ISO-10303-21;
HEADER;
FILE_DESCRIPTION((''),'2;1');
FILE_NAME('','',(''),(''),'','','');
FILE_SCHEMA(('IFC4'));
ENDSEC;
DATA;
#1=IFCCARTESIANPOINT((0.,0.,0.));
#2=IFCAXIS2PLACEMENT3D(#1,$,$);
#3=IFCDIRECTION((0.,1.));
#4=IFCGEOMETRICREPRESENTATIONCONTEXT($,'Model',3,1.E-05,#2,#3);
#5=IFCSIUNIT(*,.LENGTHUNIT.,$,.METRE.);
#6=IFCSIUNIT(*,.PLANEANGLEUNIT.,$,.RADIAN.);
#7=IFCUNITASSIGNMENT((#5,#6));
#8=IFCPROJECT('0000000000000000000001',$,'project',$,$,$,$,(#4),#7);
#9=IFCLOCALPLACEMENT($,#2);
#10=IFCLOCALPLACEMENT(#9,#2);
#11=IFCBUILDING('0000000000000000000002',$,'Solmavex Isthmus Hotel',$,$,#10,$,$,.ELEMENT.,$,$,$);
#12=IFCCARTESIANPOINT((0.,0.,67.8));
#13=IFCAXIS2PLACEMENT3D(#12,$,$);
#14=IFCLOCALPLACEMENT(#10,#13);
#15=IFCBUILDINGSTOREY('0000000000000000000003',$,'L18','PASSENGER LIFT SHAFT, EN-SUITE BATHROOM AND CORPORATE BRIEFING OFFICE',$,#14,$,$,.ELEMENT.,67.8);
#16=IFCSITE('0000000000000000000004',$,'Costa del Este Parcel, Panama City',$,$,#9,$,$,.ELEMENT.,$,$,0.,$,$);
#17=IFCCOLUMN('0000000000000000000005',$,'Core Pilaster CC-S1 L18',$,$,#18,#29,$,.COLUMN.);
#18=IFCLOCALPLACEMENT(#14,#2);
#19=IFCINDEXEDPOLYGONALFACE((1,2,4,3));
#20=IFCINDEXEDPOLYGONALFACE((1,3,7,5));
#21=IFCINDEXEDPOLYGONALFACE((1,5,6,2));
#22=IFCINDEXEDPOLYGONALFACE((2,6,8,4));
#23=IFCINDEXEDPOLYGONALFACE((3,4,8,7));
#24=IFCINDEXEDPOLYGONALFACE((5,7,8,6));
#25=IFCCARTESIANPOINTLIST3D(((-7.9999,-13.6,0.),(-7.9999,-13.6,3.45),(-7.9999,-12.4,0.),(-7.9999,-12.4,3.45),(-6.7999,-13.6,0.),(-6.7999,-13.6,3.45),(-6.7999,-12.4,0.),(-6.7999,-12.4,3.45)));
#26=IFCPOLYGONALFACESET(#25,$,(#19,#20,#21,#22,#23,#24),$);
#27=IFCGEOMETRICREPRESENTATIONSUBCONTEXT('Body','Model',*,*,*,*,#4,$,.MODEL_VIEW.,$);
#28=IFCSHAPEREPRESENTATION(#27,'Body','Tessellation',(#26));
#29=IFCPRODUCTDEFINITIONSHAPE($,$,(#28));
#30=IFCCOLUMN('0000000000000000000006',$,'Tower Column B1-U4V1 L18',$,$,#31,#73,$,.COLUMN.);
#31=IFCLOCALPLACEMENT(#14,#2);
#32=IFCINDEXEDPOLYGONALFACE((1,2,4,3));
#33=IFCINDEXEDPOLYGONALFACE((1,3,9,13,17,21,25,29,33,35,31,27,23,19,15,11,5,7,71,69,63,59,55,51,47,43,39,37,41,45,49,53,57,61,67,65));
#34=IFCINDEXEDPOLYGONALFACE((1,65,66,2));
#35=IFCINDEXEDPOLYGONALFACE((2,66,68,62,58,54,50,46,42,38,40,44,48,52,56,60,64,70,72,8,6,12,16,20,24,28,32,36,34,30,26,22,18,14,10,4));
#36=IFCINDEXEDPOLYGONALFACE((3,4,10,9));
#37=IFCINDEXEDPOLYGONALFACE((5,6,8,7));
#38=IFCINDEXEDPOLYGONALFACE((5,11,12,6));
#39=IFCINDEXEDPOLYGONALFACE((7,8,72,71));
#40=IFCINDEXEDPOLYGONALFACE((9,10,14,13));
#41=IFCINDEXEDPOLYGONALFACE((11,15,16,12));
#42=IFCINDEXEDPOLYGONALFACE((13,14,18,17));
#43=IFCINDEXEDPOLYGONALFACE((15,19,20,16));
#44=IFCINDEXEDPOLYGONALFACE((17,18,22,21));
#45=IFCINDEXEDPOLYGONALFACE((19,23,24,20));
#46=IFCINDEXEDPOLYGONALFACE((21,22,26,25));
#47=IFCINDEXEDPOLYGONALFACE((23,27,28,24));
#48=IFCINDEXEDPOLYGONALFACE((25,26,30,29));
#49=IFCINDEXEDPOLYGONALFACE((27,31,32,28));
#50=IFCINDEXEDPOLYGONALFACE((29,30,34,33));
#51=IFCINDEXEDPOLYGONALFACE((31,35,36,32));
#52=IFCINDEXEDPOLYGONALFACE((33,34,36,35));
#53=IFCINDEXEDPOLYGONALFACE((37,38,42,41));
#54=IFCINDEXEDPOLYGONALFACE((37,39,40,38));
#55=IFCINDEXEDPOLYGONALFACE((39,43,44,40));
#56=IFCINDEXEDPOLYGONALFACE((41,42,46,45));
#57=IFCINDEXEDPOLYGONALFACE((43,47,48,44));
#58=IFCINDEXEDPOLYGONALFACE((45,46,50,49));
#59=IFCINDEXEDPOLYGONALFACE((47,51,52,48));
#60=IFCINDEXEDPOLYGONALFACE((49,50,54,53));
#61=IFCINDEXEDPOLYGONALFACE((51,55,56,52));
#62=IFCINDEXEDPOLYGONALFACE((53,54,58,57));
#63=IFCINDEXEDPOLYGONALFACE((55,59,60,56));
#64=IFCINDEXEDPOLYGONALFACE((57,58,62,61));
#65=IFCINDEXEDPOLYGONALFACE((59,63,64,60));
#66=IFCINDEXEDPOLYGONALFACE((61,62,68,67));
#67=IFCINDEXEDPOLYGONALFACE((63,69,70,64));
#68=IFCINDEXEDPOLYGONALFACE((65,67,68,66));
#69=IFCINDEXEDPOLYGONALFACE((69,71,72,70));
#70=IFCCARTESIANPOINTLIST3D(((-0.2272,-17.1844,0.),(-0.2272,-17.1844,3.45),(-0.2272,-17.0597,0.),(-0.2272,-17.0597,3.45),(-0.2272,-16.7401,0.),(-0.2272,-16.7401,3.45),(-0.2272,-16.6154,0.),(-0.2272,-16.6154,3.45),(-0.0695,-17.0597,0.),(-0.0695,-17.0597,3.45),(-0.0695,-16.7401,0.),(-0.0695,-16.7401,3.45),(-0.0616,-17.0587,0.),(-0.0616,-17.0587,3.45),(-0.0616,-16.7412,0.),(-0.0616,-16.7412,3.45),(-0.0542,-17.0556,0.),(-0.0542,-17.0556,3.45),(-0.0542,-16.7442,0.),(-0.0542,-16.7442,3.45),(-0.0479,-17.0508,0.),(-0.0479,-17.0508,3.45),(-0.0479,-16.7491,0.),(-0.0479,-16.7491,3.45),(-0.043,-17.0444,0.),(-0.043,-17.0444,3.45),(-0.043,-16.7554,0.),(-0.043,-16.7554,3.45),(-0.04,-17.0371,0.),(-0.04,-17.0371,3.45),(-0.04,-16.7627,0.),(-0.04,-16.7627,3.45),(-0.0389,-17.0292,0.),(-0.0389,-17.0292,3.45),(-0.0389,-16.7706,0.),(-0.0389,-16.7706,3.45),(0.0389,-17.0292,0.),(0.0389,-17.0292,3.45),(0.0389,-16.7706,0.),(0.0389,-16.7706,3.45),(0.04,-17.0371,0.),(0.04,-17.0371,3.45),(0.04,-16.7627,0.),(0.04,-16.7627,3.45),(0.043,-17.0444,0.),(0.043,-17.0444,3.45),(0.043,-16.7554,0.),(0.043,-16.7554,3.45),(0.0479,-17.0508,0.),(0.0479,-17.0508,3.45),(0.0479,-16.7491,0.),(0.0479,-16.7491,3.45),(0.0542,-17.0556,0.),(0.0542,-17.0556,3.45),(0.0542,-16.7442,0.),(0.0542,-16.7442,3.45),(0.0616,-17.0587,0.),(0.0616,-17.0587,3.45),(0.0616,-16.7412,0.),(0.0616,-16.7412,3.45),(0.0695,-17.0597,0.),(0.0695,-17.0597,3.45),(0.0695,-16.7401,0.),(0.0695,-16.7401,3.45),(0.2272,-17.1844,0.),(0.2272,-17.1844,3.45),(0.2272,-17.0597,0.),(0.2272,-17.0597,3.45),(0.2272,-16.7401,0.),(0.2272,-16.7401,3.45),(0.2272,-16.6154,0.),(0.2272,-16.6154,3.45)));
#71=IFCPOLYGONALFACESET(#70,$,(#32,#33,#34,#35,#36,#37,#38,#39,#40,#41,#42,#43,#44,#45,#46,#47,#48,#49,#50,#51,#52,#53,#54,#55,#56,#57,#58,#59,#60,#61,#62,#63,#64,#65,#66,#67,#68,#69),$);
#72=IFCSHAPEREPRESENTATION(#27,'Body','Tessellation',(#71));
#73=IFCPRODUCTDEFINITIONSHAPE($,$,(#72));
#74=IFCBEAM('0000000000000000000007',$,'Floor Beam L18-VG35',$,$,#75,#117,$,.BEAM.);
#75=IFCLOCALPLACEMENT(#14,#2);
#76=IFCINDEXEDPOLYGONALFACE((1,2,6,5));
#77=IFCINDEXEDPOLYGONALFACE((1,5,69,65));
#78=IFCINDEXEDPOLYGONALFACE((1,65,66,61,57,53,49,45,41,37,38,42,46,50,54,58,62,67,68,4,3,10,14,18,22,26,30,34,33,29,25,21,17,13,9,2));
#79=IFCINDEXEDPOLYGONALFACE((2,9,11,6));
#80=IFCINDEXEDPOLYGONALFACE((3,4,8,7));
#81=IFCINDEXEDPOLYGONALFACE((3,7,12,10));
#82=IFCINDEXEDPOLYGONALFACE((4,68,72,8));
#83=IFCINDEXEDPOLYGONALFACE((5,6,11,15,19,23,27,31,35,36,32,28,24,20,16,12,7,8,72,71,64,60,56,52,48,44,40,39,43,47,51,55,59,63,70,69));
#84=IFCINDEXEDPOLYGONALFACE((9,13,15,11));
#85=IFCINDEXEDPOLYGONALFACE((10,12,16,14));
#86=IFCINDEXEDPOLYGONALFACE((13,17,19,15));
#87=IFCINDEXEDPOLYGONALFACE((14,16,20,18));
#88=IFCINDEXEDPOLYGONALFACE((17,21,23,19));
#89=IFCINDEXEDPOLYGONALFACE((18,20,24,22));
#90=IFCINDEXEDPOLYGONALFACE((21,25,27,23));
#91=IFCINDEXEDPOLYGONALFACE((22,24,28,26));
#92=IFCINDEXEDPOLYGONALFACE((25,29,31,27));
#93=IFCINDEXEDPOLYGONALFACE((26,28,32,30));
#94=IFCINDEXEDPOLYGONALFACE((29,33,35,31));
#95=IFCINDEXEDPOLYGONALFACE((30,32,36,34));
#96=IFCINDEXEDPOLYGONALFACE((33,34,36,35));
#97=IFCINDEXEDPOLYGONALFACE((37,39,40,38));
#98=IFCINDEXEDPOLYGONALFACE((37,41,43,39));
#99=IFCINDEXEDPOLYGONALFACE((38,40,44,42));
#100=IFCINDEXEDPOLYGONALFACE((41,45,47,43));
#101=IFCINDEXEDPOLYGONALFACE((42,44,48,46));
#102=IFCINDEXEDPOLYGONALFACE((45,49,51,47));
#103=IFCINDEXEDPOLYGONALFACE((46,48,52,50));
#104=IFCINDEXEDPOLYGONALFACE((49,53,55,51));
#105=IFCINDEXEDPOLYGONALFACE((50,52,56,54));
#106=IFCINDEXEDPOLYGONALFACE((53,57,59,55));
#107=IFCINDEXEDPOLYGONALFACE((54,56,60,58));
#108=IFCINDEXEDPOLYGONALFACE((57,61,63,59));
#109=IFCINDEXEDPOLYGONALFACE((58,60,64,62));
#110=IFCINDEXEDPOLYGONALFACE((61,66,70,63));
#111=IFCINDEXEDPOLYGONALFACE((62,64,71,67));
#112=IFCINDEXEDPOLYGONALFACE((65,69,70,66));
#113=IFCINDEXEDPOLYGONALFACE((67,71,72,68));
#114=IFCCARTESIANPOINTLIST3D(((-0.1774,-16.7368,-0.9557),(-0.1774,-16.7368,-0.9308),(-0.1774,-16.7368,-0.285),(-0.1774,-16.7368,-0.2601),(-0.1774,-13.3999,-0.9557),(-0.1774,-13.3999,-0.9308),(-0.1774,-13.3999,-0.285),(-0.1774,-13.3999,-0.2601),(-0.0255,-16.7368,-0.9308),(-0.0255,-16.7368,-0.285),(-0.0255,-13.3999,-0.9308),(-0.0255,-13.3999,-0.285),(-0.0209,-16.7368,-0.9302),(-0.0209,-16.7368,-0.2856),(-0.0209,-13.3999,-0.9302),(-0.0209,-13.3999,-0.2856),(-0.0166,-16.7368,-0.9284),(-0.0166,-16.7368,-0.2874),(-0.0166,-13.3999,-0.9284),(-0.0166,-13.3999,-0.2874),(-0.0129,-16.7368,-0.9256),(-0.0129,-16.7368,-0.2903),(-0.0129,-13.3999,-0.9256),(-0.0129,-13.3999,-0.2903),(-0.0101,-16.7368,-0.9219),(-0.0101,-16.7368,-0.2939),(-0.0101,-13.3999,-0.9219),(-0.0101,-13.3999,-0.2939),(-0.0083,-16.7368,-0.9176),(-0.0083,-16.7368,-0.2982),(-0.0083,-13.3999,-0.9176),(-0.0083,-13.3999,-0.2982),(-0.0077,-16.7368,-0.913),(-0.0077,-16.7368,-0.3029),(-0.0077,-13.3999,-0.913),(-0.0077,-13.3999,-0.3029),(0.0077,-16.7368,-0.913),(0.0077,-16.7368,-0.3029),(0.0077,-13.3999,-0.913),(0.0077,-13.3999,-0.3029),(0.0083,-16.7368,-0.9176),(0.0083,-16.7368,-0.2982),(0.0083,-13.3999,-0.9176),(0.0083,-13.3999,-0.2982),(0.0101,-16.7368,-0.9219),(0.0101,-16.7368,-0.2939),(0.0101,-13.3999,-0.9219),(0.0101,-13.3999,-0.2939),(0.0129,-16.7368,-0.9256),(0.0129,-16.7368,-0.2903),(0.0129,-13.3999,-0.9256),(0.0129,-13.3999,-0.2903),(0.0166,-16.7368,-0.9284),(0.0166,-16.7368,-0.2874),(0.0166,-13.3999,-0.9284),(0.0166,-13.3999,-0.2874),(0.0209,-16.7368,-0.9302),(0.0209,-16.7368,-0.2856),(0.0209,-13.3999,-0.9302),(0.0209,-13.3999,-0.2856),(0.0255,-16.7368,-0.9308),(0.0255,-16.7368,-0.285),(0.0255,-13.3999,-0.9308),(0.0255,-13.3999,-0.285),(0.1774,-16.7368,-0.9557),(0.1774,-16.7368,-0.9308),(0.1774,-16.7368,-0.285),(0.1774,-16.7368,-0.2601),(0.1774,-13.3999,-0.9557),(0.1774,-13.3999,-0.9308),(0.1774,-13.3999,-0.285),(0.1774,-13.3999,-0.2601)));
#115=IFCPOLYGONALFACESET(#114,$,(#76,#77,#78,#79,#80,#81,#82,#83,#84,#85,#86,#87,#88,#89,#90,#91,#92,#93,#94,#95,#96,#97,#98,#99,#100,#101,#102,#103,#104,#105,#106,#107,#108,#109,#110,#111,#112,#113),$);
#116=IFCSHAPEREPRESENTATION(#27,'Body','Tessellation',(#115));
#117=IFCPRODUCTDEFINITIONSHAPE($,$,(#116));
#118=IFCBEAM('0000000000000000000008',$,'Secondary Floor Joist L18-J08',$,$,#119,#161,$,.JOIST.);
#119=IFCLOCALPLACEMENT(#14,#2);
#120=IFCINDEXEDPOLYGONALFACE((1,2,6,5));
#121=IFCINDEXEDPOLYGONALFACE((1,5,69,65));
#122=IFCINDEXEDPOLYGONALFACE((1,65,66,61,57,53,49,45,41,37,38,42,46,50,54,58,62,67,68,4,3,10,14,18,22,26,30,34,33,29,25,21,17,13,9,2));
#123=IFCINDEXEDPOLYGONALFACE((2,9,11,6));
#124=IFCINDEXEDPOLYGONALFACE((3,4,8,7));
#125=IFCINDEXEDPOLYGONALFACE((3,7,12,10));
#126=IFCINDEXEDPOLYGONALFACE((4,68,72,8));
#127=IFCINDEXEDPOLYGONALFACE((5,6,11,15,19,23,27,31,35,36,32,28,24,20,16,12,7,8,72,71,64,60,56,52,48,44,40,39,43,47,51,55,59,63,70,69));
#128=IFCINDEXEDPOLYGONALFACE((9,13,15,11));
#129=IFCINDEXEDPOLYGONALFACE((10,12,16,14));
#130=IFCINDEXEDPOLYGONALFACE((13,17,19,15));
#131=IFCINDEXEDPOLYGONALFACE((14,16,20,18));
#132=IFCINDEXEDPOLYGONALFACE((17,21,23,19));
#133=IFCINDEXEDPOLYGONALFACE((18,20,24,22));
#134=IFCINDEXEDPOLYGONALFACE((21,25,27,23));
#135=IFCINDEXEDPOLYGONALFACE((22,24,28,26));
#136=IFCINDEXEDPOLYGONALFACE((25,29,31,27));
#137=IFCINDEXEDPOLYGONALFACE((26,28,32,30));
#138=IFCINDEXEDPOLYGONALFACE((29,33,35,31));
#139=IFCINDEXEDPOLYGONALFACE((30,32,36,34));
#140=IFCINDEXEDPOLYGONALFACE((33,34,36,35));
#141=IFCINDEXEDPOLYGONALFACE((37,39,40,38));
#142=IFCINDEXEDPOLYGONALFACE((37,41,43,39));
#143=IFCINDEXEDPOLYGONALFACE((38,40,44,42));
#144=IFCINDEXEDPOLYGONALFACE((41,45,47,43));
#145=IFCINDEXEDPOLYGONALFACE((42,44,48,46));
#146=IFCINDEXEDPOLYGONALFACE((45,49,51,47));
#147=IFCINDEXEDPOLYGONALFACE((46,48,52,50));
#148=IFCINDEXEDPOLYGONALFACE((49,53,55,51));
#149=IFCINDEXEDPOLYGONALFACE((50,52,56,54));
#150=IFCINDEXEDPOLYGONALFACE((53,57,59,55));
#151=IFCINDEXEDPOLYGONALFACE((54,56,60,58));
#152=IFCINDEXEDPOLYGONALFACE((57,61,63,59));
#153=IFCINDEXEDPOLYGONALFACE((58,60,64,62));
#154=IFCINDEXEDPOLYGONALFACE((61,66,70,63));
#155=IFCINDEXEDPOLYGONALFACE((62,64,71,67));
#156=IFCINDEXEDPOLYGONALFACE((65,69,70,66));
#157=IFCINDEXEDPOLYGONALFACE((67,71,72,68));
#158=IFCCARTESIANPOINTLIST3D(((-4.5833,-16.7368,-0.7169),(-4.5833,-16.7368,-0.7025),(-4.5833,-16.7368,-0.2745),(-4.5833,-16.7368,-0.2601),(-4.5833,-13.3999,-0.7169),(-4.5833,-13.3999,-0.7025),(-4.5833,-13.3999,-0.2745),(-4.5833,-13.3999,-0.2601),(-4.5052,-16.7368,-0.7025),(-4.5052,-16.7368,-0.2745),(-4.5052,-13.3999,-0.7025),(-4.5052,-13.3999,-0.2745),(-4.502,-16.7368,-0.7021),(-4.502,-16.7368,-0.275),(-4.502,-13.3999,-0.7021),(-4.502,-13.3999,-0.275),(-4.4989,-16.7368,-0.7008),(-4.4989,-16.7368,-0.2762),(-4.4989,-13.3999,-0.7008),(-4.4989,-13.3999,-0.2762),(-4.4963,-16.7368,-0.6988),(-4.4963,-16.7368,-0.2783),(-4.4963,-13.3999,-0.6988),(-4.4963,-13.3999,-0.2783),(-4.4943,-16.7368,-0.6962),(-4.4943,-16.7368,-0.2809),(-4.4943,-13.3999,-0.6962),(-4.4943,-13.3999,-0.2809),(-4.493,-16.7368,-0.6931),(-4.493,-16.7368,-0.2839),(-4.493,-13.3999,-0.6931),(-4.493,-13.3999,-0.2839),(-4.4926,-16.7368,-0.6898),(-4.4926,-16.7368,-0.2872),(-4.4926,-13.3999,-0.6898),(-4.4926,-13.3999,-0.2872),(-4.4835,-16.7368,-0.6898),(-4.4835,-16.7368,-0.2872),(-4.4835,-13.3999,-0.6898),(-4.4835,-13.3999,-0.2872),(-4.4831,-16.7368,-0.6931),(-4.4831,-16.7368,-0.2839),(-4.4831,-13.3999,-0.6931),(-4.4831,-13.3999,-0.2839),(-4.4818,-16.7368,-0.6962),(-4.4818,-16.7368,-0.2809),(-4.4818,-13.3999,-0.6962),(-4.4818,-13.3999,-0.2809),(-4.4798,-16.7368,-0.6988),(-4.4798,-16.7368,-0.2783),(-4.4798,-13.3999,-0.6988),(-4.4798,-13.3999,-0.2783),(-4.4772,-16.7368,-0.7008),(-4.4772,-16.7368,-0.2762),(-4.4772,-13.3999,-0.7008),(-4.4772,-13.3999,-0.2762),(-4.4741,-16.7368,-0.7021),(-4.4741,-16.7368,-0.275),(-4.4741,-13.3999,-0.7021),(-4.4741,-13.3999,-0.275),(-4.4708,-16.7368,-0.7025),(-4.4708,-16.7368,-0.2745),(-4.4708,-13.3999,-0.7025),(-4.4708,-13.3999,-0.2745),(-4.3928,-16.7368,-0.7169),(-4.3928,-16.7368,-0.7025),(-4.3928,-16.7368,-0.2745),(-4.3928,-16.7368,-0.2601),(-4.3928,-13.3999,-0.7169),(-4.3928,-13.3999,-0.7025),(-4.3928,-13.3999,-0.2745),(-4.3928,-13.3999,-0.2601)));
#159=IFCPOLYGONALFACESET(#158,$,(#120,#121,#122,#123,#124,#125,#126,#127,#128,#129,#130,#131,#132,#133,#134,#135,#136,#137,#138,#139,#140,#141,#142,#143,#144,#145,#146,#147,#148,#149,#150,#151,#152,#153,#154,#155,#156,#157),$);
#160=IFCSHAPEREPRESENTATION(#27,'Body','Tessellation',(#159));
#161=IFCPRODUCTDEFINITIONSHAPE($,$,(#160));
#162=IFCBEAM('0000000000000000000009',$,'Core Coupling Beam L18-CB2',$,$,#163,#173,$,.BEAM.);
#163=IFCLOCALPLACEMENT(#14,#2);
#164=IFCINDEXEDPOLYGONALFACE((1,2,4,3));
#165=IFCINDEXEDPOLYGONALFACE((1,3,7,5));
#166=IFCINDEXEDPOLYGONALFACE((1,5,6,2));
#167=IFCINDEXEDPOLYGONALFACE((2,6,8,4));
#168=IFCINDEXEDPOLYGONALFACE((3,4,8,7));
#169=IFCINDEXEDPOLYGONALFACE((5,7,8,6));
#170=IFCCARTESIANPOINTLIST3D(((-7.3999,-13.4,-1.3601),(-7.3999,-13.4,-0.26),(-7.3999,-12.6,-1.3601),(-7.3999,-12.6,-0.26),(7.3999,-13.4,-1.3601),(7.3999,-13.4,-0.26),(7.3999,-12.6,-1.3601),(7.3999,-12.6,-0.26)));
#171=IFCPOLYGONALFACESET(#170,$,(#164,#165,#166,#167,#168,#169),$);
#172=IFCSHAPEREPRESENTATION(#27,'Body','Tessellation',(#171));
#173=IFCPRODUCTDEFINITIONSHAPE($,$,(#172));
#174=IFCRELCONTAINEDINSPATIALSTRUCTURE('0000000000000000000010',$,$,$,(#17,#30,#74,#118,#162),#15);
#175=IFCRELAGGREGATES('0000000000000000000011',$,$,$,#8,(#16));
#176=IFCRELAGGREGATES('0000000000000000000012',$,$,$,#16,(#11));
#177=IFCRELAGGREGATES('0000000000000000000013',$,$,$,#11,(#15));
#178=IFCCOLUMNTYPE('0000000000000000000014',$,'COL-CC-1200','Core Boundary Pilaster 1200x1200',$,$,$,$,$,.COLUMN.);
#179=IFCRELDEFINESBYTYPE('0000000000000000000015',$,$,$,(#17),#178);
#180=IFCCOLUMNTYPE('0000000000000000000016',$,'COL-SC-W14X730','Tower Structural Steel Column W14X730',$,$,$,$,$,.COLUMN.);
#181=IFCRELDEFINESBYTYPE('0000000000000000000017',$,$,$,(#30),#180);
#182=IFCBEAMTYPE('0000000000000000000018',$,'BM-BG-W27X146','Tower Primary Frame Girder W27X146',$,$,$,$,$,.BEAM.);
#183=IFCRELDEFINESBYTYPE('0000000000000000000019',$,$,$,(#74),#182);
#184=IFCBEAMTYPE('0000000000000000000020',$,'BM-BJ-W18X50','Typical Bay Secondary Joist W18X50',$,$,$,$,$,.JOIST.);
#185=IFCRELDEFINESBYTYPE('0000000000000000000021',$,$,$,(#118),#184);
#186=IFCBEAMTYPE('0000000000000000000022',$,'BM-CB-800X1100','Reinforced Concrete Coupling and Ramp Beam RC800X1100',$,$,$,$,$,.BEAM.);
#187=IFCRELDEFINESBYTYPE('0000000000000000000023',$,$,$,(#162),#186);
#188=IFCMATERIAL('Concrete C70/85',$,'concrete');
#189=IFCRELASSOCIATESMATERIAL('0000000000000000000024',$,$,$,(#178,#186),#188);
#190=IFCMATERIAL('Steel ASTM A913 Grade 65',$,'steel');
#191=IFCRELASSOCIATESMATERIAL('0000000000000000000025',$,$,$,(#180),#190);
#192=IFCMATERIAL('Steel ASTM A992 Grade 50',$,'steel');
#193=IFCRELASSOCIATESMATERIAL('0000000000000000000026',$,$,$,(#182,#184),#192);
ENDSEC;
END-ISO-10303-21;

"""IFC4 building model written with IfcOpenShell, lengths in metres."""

from ifc_helpers import new_model, si_unit, direction, frame, origin, origin_2d, place, context, subcontext, project, spatial, rectangle, i_section, extrude, material, material_profile, profile_set, type_object, element, save


model = new_model("IFC4")

# Units and contexts
model_context = context("Model", 3, precision=1e-05, world=origin(), true_north=direction((0.0, 1.0)))
body_context = subcontext(model_context, "Body", "Model", "MODEL_VIEW")
ifc_project = project(units=[si_unit("LENGTHUNIT", "METRE"), si_unit("PLANEANGLEUNIT", "RADIAN")], contexts=[model_context])

# Site, building, storey
site_placement = place(None, origin())
site = spatial("IfcSite", under=ifc_project, at=site_placement, Name="Costa del Este Parcel, Panama City", CompositionType="ELEMENT", RefElevation=0.0)
building_placement = place(site_placement, origin())
building = spatial("IfcBuilding", under=site, at=building_placement, Name="Solmavex Isthmus Hotel", CompositionType="ELEMENT")
storey_placement = place(building_placement, frame((0.0, 0.0, 67.8)))
storey = spatial("IfcBuildingStorey", under=building, at=storey_placement, Name="L18", Description="PASSENGER LIFT SHAFT, EN-SUITE BATHROOM AND CORPORATE BRIEFING OFFICE", CompositionType="ELEMENT", Elevation=67.8)

# Columns
ifc_material_1 = material(Name="Concrete C70/85", Category="concrete")
ifc_material_profile_1 = material_profile(ifc_material_1, rectangle(XDim=1.2, YDim=1.2, at=origin_2d()), Name="RC1200X1200")
ifc_profile_set_1 = profile_set([ifc_material_profile_1], Name="Concrete C70/85")
column_type_1 = type_object("IfcColumnType", Name="COL-CC-1200", Description="Core Boundary Pilaster 1200x1200", PredefinedType="COLUMN", material=ifc_profile_set_1)
column_1_placement = place(storey_placement, frame((-7.3999, -13.0, 0.0), z_axis=(0.0, 0.0, 1.0), x_axis=(1.0, 0.0, 0.0)))
element("IfcColumn", 1, at=column_1_placement, inside=storey, type_object=column_type_1, Name="Core Pilaster CC-S1 L18", PredefinedType="COLUMN", context=body_context, shape_type="SweptSolid", body=[
    extrude(rectangle(XDim=1.2, YDim=1.2, at=origin_2d()), origin(), (0.0, 0.0, 1.0), 3.45),
])
ifc_material_2 = material(Name="Steel ASTM A913 Grade 65", Category="steel")
ifc_material_profile_2 = material_profile(ifc_material_2, i_section(OverallWidth=0.4543, OverallDepth=0.5691, WebThickness=0.0779, FlangeThickness=0.1248, FilletRadius=0.0305, at=origin_2d()), Name="W14X730")
ifc_profile_set_2 = profile_set([ifc_material_profile_2], Name="Steel ASTM A913 Grade 65")
column_type_2 = type_object("IfcColumnType", Name="COL-SC-W14X730", Description="Tower Structural Steel Column W14X730", PredefinedType="COLUMN", material=ifc_profile_set_2)
column_2_placement = place(storey_placement, frame((0.0, -16.8999, 0.0), z_axis=(0.0, 0.0, 1.0), x_axis=(1.0, 0.0, 0.0)))
element("IfcColumn", 2, at=column_2_placement, inside=storey, type_object=column_type_2, Name="Tower Column B1-U4V1 L18", PredefinedType="COLUMN", context=body_context, shape_type="SweptSolid", body=[
    extrude(i_section(OverallWidth=0.4543, OverallDepth=0.5691, WebThickness=0.0779, FlangeThickness=0.1248, FilletRadius=0.0305, at=origin_2d()), origin(), (0.0, 0.0, 1.0), 3.45),
])

# Beams
ifc_material_3 = material(Name="Steel ASTM A992 Grade 50", Category="steel")
ifc_material_profile_3 = material_profile(ifc_material_3, i_section(OverallWidth=0.3547, OverallDepth=0.6956, WebThickness=0.0154, FlangeThickness=0.0249, FilletRadius=0.0178, at=origin_2d()), Name="W27X146")
ifc_profile_set_3 = profile_set([ifc_material_profile_3], Name="Steel ASTM A992 Grade 50")
beam_type_1 = type_object("IfcBeamType", Name="BM-BG-W27X146", Description="Tower Primary Frame Girder W27X146", PredefinedType="BEAM", material=ifc_profile_set_3)
beam_1_placement = place(storey_placement, frame((0.0, -16.7368, -0.6079), z_axis=(0.0, 1.0, 0.0), x_axis=(-1.0, 0.0, 0.0)))
element("IfcBeam", 3, at=beam_1_placement, inside=storey, type_object=beam_type_1, Name="Floor Beam L18-VG35", PredefinedType="BEAM", context=body_context, shape_type="SweptSolid", body=[
    extrude(i_section(OverallWidth=0.3547, OverallDepth=0.6956, WebThickness=0.0154, FlangeThickness=0.0249, FilletRadius=0.0178, at=origin_2d()), origin(), (0.0, 0.0, 1.0), 3.3369),
])
ifc_material_profile_4 = material_profile(ifc_material_3, i_section(OverallWidth=0.1904, OverallDepth=0.4568, WebThickness=0.009, FlangeThickness=0.0144, FilletRadius=0.0127, at=origin_2d()), Name="W18X50")
ifc_profile_set_4 = profile_set([ifc_material_profile_4], Name="Steel ASTM A992 Grade 50")
beam_type_2 = type_object("IfcBeamType", Name="BM-BJ-W18X50", Description="Typical Bay Secondary Joist W18X50", PredefinedType="JOIST", material=ifc_profile_set_4)
beam_2_placement = place(storey_placement, frame((-4.488, -16.7368, -0.4885), z_axis=(0.0, 1.0, 0.0), x_axis=(-1.0, 0.0, 0.0)))
element("IfcBeam", 4, at=beam_2_placement, inside=storey, type_object=beam_type_2, Name="Secondary Floor Joist L18-J08", PredefinedType="JOIST", context=body_context, shape_type="SweptSolid", body=[
    extrude(i_section(OverallWidth=0.1904, OverallDepth=0.4568, WebThickness=0.009, FlangeThickness=0.0144, FilletRadius=0.0127, at=origin_2d()), origin(), (0.0, 0.0, 1.0), 3.3369),
])
ifc_material_profile_5 = material_profile(ifc_material_1, rectangle(XDim=0.8, YDim=1.1001, at=origin_2d()), Name="RC800X1100")
ifc_profile_set_5 = profile_set([ifc_material_profile_5], Name="Concrete C70/85")
beam_type_3 = type_object("IfcBeamType", Name="BM-CB-800X1100", Description="Reinforced Concrete Coupling and Ramp Beam RC800X1100", PredefinedType="BEAM", material=ifc_profile_set_5)
beam_3_placement = place(storey_placement, frame((-7.3999, -13.0, -0.8101), z_axis=(1.0, 0.0, 0.0), x_axis=(0.0, 1.0, 0.0)))
element("IfcBeam", 5, at=beam_3_placement, inside=storey, type_object=beam_type_3, Name="Core Coupling Beam L18-CB2", PredefinedType="BEAM", context=body_context, shape_type="SweptSolid", body=[
    extrude(rectangle(XDim=0.8, YDim=1.1001, at=origin_2d()), origin(), (0.0, 0.0, 1.0), 14.7998),
])

save(model, "model.ifc")
